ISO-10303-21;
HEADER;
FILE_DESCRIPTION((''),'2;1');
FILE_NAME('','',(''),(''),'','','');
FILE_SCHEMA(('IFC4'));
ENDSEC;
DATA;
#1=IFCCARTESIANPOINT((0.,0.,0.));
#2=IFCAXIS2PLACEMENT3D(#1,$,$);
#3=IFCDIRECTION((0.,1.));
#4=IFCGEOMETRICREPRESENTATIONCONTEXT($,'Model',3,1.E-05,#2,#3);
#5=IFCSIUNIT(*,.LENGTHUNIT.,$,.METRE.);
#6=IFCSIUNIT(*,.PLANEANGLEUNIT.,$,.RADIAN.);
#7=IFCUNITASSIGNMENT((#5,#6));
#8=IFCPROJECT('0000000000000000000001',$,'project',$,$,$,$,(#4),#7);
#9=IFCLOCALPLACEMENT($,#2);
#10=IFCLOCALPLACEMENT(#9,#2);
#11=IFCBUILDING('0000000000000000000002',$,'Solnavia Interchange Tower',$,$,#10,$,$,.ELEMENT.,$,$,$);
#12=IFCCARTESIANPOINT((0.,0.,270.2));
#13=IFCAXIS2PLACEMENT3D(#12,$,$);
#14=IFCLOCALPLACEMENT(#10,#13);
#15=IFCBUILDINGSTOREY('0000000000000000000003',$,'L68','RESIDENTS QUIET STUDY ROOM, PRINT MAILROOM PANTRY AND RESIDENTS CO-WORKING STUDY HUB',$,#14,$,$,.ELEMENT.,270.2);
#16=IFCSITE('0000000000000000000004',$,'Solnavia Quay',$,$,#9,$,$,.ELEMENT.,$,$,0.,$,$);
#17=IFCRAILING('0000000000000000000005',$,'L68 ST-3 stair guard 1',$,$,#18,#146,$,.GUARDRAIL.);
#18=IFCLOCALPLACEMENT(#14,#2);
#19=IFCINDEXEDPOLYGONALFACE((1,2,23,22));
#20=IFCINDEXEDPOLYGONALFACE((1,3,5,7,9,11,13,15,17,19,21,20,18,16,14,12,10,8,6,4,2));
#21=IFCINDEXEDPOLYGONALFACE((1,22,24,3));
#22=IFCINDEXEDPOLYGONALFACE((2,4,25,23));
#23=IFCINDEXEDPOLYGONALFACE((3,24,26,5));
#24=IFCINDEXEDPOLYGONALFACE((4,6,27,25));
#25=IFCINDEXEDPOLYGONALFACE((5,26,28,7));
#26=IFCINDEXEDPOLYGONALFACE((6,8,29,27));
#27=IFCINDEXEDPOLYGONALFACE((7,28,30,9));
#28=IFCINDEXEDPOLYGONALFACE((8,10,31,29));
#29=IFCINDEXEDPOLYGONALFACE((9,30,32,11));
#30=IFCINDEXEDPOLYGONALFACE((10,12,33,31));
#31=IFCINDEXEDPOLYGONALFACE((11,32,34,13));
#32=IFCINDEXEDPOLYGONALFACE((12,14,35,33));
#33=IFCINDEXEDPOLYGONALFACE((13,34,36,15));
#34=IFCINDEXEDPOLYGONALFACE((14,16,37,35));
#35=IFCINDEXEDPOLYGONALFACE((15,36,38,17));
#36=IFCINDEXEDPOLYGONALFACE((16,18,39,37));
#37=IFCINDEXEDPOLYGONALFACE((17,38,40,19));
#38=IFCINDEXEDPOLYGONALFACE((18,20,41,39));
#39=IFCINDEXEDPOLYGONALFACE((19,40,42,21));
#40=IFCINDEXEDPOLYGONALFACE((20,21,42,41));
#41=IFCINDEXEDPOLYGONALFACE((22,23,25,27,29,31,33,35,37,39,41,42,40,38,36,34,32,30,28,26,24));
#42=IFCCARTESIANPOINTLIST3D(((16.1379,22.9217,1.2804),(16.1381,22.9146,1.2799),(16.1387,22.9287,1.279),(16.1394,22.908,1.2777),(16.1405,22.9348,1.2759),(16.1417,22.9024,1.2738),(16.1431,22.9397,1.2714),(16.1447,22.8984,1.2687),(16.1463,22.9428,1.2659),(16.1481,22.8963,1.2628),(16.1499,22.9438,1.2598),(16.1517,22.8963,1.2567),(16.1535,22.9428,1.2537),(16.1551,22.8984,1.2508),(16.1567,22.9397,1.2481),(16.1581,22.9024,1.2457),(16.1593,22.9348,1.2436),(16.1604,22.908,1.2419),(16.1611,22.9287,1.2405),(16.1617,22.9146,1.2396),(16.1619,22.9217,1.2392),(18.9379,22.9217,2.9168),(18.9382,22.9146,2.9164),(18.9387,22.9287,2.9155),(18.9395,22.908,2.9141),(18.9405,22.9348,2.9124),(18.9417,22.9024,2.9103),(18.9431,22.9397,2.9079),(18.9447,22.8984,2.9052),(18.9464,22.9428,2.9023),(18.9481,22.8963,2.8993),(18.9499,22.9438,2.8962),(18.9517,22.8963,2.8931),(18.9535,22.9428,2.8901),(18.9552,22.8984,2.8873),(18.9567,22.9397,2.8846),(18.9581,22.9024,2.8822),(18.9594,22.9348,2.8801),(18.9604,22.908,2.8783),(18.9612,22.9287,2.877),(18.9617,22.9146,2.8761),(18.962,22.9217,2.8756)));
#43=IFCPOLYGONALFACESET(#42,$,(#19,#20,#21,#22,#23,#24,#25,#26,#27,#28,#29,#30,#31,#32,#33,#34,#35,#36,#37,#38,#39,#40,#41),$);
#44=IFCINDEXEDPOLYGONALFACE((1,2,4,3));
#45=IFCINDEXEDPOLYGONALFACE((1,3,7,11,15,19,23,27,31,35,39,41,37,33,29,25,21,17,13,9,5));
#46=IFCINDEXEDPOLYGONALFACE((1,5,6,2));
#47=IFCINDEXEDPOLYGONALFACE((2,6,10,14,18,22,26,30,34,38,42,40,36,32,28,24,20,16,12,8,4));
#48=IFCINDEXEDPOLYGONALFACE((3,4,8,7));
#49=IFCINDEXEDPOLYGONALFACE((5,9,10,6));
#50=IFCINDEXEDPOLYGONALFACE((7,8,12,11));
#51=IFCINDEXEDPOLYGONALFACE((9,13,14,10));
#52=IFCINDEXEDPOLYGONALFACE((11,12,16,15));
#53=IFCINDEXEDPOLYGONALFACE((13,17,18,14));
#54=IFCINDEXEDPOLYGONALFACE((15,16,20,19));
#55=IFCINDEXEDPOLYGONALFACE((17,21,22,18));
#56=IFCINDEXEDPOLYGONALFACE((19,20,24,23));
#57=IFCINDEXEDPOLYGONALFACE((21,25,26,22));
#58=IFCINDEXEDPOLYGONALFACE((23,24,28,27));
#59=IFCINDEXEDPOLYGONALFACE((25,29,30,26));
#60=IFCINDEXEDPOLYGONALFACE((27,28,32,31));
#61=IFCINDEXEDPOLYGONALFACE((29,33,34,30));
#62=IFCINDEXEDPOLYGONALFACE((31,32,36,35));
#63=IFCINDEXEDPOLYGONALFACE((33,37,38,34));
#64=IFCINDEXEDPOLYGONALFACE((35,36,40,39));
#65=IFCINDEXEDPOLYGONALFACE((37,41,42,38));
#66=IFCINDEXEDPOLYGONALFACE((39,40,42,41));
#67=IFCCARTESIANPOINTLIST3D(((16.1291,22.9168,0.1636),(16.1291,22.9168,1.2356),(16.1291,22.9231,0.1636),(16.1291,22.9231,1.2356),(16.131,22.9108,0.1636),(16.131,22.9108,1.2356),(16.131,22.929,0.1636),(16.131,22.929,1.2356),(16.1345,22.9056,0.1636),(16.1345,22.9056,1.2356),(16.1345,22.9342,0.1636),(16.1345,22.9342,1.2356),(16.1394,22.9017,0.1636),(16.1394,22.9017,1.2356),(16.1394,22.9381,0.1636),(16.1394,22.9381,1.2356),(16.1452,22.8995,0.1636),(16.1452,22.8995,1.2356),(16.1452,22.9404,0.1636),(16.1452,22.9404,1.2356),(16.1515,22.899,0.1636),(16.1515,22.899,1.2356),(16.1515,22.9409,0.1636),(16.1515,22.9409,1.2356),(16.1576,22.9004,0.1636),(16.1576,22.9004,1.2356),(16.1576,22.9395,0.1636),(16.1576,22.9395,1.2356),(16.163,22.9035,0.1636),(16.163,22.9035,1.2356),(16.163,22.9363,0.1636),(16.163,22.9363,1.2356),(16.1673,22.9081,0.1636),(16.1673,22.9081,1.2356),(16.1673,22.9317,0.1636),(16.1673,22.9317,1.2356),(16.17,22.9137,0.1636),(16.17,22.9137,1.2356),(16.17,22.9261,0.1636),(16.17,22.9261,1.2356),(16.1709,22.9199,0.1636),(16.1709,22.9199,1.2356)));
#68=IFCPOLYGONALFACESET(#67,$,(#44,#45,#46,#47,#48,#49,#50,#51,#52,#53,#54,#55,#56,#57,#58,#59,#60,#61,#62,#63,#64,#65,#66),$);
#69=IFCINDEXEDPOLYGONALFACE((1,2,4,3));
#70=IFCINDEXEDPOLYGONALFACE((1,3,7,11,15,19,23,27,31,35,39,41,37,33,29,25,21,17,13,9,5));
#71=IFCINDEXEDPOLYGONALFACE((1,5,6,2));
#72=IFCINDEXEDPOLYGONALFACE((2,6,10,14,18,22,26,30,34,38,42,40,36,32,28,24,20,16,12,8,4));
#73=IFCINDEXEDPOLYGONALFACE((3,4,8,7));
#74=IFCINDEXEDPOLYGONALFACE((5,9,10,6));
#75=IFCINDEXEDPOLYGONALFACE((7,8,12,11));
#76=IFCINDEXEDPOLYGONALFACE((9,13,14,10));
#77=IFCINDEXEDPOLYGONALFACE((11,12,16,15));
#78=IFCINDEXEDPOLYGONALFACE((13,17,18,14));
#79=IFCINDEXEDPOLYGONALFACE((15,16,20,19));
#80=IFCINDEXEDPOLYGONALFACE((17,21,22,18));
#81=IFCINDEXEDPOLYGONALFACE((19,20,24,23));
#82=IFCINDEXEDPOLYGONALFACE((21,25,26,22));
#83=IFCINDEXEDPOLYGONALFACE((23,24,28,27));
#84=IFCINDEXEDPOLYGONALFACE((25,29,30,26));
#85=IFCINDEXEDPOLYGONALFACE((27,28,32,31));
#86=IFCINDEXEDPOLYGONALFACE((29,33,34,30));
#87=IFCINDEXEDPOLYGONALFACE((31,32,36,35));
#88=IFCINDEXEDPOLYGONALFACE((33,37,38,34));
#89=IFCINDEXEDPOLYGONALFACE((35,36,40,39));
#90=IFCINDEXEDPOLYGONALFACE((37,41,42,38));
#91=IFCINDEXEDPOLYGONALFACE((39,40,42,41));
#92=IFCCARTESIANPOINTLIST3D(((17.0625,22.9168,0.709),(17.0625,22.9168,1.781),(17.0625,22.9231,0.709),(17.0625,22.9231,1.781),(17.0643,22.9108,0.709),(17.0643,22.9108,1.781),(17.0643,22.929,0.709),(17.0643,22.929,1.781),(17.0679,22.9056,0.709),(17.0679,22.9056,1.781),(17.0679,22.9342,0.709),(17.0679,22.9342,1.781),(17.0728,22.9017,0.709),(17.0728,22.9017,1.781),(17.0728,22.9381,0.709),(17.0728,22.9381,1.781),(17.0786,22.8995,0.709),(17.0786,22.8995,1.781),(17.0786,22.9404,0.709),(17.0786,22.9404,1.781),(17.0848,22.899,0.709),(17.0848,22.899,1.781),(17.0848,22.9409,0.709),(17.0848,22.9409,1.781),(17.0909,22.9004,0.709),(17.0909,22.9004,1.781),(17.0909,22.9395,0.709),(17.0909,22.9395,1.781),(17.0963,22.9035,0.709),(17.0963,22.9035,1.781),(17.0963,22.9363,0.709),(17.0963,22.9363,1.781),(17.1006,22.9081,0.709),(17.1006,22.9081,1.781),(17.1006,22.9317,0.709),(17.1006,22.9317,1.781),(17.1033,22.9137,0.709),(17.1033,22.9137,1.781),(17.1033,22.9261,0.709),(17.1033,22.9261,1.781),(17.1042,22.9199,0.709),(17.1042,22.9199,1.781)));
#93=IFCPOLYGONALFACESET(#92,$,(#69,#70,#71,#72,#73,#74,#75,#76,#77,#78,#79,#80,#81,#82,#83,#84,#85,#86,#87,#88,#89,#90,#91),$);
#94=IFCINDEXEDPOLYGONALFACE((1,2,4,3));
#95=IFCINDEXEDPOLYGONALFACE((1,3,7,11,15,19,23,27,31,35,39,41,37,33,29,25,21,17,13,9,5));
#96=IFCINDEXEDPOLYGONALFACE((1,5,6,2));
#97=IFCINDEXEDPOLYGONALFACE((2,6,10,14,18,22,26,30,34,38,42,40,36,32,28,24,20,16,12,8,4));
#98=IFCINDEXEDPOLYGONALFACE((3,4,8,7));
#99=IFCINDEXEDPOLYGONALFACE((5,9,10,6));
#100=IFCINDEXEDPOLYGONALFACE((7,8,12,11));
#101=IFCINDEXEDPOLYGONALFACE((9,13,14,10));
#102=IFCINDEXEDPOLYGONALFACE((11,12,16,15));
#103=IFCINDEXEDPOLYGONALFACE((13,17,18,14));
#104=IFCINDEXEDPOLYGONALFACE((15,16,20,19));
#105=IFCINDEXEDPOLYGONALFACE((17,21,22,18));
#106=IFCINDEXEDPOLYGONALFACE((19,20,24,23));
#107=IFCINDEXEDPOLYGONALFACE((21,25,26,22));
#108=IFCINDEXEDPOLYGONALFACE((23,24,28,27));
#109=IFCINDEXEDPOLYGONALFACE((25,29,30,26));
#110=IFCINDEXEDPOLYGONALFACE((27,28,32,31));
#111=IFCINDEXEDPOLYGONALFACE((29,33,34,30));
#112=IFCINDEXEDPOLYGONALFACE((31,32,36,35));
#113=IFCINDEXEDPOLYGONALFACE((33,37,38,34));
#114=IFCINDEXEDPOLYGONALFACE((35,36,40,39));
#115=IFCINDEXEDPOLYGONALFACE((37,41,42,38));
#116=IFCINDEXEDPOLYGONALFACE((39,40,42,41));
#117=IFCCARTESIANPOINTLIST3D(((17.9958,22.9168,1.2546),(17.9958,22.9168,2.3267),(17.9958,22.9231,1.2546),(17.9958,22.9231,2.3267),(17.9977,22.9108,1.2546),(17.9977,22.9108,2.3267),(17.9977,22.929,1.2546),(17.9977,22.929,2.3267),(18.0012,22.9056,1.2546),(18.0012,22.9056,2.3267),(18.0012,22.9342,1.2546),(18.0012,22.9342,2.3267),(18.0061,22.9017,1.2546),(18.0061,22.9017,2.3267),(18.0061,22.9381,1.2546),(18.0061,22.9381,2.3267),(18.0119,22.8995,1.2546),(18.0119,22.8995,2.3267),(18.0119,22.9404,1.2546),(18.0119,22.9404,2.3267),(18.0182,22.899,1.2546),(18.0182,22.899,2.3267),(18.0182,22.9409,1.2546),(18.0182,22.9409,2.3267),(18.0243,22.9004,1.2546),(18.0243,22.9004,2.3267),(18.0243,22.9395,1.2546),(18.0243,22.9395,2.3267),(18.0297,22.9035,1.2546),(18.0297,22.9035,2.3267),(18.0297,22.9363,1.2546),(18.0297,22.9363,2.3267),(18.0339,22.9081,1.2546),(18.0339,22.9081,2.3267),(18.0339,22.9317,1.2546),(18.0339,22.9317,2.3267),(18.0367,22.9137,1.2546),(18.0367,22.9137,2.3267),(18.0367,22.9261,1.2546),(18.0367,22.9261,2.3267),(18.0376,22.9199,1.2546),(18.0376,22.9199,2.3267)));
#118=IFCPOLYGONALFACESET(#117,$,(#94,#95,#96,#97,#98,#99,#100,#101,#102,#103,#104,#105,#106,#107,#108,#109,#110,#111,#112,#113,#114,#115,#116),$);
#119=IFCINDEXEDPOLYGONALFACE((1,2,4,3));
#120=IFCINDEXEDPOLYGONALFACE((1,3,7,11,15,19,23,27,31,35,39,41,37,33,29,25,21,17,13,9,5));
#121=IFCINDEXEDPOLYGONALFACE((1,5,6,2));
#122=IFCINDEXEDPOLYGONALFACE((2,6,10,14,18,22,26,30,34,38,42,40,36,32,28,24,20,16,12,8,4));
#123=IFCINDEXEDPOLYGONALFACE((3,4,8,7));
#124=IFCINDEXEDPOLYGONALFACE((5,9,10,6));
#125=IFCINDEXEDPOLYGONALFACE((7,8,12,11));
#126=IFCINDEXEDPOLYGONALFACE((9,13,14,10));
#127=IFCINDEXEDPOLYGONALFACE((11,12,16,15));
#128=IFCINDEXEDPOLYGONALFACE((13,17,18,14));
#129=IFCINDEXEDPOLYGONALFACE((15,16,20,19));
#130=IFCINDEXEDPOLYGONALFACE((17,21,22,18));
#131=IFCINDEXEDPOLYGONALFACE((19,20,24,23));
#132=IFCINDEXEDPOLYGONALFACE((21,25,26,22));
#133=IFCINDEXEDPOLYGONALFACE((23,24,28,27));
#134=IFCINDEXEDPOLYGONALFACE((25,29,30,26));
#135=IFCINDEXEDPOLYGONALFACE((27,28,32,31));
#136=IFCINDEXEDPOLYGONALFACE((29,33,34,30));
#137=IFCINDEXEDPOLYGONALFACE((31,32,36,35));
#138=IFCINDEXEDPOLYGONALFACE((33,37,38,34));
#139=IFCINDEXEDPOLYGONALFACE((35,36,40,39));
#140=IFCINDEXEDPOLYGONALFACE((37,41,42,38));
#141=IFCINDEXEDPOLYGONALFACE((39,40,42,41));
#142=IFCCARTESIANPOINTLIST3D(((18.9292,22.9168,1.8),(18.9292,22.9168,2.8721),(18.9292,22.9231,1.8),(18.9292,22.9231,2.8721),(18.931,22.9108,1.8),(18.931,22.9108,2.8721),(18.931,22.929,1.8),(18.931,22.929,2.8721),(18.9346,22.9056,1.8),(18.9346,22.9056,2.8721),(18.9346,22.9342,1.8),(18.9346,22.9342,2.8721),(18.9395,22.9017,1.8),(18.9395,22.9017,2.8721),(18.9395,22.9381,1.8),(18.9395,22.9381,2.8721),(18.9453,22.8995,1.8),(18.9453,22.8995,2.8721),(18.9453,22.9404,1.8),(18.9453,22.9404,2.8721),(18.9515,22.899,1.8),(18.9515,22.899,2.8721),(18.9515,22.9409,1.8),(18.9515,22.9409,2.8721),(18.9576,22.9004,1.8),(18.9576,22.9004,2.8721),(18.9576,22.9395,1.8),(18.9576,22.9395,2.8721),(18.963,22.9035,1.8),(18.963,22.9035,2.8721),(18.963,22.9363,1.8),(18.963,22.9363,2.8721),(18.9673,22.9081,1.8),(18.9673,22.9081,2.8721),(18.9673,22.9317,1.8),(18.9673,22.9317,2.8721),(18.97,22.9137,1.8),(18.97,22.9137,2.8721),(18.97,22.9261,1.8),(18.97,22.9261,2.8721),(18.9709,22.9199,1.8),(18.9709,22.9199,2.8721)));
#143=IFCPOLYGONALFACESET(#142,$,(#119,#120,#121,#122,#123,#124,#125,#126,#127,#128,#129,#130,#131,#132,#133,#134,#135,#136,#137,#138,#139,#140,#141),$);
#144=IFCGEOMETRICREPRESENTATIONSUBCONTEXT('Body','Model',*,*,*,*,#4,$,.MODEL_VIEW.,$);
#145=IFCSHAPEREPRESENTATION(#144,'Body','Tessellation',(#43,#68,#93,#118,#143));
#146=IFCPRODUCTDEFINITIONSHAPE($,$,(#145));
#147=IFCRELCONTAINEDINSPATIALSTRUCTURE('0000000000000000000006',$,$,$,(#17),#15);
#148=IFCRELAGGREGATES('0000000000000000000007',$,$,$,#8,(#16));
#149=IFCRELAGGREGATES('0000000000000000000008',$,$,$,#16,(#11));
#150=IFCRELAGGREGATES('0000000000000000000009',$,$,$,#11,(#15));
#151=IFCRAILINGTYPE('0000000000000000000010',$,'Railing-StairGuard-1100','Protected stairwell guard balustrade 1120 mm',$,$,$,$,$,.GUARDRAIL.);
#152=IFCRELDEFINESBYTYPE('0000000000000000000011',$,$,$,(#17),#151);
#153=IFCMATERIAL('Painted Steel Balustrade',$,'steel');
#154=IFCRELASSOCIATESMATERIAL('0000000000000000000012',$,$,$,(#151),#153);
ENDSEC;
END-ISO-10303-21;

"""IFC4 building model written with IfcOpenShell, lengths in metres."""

from ifc_helpers import new_model, si_unit, direction, frame, origin, origin_2d, place, context, subcontext, project, spatial, circle, extrude, material, type_object, element, save


model = new_model("IFC4")

# Units and contexts
model_context = context("Model", 3, precision=1e-05, world=origin(), true_north=direction((0.0, 1.0)))
body_context = subcontext(model_context, "Body", "Model", "MODEL_VIEW")
ifc_project = project(units=[si_unit("LENGTHUNIT", "METRE"), si_unit("PLANEANGLEUNIT", "RADIAN")], contexts=[model_context])

# Site, building, storey
site_placement = place(None, origin())
site = spatial("IfcSite", under=ifc_project, at=site_placement, Name="Solnavia Quay", CompositionType="ELEMENT", RefElevation=0.0)
building_placement = place(site_placement, origin())
building = spatial("IfcBuilding", under=site, at=building_placement, Name="Solnavia Interchange Tower", CompositionType="ELEMENT")
storey_placement = place(building_placement, frame((0.0, 0.0, 270.2)))
storey = spatial("IfcBuildingStorey", under=building, at=storey_placement, Name="L68", Description="RESIDENTS QUIET STUDY ROOM, PRINT MAILROOM PANTRY AND RESIDENTS CO-WORKING STUDY HUB", CompositionType="ELEMENT", Elevation=270.2)

# Railing
ifc_material_1 = material(Name="Painted Steel Balustrade", Category="steel")
railing_type_1 = type_object("IfcRailingType", Name="Railing-StairGuard-1100", Description="Protected stairwell guard balustrade 1120 mm", PredefinedType="GUARDRAIL", material=ifc_material_1)
railing_1_placement = place(storey_placement, frame((16.1499, 22.9199, 0.1636)))
element("IfcRailing", 1, at=railing_1_placement, inside=storey, type_object=railing_type_1, Name="L68 ST-3 stair guard 1", PredefinedType="GUARDRAIL", context=body_context, shape_type="SweptSolid", body=[
    extrude(circle(Radius=0.0239, at=origin_2d()), frame((0.0, 0.0, 1.0962), z_axis=(0.863361, 0.0, 0.504587), x_axis=(0.0, 1.0, 0.0)), (0.0, 0.0, 1.0), 3.2432),
    extrude(circle(Radius=0.021, at=origin_2d()), origin(), (0.0, 0.0, 1.0), 1.072),
    extrude(circle(Radius=0.021, at=origin_2d()), frame((0.9333, 0.0, 0.5454)), (0.0, 0.0, 1.0), 1.072),
    extrude(circle(Radius=0.021, at=origin_2d()), frame((1.8667, 0.0, 1.0911)), (0.0, 0.0, 1.0), 1.072),
    extrude(circle(Radius=0.021, at=origin_2d()), frame((2.8, 0.0, 1.6365)), (0.0, 0.0, 1.0), 1.072),
])

save(model, "model.ifc")
